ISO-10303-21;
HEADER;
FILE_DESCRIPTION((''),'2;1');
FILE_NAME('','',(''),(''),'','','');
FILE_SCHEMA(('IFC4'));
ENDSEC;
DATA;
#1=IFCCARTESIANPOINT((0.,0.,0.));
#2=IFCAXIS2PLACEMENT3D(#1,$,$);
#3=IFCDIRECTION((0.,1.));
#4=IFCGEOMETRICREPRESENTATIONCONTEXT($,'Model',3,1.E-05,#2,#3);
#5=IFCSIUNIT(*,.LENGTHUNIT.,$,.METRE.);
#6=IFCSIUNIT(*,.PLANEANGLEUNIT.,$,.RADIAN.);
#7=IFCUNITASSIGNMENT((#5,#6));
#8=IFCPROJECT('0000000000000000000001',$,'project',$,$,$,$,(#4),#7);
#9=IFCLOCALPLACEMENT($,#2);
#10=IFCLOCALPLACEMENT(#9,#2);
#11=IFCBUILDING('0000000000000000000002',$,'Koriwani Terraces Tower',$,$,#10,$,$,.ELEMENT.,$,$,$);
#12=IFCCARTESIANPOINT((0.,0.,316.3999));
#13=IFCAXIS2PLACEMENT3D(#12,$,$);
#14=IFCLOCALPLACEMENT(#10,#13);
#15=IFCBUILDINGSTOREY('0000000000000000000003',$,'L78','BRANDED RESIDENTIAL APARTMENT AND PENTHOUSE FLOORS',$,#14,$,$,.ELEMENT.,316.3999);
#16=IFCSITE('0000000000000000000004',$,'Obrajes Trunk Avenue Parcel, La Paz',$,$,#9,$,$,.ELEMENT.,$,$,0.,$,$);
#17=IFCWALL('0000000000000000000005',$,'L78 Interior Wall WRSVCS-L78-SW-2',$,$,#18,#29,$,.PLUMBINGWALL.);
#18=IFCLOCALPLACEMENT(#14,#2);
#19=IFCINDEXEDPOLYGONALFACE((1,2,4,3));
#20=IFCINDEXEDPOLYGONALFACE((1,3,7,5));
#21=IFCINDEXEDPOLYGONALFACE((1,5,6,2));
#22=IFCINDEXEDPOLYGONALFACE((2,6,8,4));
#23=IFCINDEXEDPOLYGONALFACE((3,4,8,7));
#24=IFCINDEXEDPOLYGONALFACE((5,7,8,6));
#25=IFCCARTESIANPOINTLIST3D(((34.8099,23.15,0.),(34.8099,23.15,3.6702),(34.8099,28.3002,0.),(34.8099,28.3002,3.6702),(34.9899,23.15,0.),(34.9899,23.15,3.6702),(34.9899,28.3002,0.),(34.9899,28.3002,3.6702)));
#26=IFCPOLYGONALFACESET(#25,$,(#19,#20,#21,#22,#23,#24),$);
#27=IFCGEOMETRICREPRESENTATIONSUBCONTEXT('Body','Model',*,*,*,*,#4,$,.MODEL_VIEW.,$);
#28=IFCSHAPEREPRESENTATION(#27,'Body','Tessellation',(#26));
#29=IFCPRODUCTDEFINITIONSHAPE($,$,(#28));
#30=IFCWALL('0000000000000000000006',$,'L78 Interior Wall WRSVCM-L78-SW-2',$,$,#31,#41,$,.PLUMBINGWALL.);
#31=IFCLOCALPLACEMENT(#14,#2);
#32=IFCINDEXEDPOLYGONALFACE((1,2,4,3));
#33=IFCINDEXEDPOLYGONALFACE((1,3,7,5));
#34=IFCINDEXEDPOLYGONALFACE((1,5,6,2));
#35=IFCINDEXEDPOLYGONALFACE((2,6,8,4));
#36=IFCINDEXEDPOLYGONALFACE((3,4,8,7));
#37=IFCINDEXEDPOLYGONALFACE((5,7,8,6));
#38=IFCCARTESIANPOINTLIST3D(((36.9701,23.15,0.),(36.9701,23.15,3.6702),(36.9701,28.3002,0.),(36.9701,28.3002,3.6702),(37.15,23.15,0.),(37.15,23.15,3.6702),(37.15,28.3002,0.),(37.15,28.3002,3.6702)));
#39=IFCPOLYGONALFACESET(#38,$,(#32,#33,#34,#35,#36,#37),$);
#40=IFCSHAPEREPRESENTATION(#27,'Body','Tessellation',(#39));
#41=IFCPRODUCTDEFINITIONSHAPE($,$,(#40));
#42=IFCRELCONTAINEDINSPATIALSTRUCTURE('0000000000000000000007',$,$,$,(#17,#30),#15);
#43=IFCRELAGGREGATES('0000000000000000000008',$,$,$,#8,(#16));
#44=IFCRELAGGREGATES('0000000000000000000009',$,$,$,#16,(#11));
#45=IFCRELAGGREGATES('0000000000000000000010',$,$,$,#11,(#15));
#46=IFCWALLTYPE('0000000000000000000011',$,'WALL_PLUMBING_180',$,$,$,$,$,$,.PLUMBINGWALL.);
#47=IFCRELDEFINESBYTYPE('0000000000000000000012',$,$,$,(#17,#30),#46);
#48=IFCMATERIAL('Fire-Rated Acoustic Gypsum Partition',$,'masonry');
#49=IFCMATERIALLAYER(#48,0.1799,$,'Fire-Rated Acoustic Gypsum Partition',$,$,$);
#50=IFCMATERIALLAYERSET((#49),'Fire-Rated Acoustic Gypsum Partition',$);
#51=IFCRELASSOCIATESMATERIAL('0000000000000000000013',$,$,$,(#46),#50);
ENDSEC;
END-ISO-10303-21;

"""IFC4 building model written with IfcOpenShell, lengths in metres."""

from ifc_helpers import new_model, si_unit, direction, frame, frame_2d, origin, place, context, subcontext, project, spatial, rectangle, extrude, material, layer, layer_set, type_object, element, save


model = new_model("IFC4")

# Units and contexts
model_context = context("Model", 3, precision=1e-05, world=origin(), true_north=direction((0.0, 1.0)))
body_context = subcontext(model_context, "Body", "Model", "MODEL_VIEW")
ifc_project = project(units=[si_unit("LENGTHUNIT", "METRE"), si_unit("PLANEANGLEUNIT", "RADIAN")], contexts=[model_context])

# Site, building, storey
site_placement = place(None, origin())
site = spatial("IfcSite", under=ifc_project, at=site_placement, Name="Obrajes Trunk Avenue Parcel, La Paz", CompositionType="ELEMENT", RefElevation=0.0)
building_placement = place(site_placement, origin())
building = spatial("IfcBuilding", under=site, at=building_placement, Name="Koriwani Terraces Tower", CompositionType="ELEMENT")
storey_placement = place(building_placement, frame((0.0, 0.0, 316.3999)))
storey = spatial("IfcBuildingStorey", under=building, at=storey_placement, Name="L78", Description="BRANDED RESIDENTIAL APARTMENT AND PENTHOUSE FLOORS", CompositionType="ELEMENT", Elevation=316.3999)

# Shared definitions
ifc_material_1 = material(Name="Fire-Rated Acoustic Gypsum Partition", Category="masonry")
ifc_layer_1 = layer(ifc_material_1, 0.1799, Name="Fire-Rated Acoustic Gypsum Partition")
ifc_layer_set_1 = layer_set([ifc_layer_1], Name="Fire-Rated Acoustic Gypsum Partition")
wall_type_1 = type_object("IfcWallType", Name="WALL_PLUMBING_180", PredefinedType="PLUMBINGWALL", material=ifc_layer_set_1)

# Walls
for number, where, z_axis, x_axis, name in (
    (1, (34.8999, 23.1499, 0.0), (0.0, 0.0, 1.0), (0.0, 1.0, 0.0), "L78 Interior Wall WRSVCS-L78-SW-2"),
    (2, (37.0601, 23.1499, 0.0), (0.0, 0.0, 1.0), (0.0, 1.0, 0.0), "L78 Interior Wall WRSVCM-L78-SW-2"),
):
    element("IfcWall", number, at=place(storey_placement, frame(where, z_axis=z_axis, x_axis=x_axis)), inside=storey, type_object=wall_type_1, Name=name, PredefinedType="PLUMBINGWALL", context=body_context, shape_type="SweptSolid", body=[
        extrude(rectangle(XDim=5.1501, YDim=0.1799, at=frame_2d((2.5752, 0.0))), origin(), (0.0, 0.0, 1.0), 3.6702),
    ])

save(model, "model.ifc")
